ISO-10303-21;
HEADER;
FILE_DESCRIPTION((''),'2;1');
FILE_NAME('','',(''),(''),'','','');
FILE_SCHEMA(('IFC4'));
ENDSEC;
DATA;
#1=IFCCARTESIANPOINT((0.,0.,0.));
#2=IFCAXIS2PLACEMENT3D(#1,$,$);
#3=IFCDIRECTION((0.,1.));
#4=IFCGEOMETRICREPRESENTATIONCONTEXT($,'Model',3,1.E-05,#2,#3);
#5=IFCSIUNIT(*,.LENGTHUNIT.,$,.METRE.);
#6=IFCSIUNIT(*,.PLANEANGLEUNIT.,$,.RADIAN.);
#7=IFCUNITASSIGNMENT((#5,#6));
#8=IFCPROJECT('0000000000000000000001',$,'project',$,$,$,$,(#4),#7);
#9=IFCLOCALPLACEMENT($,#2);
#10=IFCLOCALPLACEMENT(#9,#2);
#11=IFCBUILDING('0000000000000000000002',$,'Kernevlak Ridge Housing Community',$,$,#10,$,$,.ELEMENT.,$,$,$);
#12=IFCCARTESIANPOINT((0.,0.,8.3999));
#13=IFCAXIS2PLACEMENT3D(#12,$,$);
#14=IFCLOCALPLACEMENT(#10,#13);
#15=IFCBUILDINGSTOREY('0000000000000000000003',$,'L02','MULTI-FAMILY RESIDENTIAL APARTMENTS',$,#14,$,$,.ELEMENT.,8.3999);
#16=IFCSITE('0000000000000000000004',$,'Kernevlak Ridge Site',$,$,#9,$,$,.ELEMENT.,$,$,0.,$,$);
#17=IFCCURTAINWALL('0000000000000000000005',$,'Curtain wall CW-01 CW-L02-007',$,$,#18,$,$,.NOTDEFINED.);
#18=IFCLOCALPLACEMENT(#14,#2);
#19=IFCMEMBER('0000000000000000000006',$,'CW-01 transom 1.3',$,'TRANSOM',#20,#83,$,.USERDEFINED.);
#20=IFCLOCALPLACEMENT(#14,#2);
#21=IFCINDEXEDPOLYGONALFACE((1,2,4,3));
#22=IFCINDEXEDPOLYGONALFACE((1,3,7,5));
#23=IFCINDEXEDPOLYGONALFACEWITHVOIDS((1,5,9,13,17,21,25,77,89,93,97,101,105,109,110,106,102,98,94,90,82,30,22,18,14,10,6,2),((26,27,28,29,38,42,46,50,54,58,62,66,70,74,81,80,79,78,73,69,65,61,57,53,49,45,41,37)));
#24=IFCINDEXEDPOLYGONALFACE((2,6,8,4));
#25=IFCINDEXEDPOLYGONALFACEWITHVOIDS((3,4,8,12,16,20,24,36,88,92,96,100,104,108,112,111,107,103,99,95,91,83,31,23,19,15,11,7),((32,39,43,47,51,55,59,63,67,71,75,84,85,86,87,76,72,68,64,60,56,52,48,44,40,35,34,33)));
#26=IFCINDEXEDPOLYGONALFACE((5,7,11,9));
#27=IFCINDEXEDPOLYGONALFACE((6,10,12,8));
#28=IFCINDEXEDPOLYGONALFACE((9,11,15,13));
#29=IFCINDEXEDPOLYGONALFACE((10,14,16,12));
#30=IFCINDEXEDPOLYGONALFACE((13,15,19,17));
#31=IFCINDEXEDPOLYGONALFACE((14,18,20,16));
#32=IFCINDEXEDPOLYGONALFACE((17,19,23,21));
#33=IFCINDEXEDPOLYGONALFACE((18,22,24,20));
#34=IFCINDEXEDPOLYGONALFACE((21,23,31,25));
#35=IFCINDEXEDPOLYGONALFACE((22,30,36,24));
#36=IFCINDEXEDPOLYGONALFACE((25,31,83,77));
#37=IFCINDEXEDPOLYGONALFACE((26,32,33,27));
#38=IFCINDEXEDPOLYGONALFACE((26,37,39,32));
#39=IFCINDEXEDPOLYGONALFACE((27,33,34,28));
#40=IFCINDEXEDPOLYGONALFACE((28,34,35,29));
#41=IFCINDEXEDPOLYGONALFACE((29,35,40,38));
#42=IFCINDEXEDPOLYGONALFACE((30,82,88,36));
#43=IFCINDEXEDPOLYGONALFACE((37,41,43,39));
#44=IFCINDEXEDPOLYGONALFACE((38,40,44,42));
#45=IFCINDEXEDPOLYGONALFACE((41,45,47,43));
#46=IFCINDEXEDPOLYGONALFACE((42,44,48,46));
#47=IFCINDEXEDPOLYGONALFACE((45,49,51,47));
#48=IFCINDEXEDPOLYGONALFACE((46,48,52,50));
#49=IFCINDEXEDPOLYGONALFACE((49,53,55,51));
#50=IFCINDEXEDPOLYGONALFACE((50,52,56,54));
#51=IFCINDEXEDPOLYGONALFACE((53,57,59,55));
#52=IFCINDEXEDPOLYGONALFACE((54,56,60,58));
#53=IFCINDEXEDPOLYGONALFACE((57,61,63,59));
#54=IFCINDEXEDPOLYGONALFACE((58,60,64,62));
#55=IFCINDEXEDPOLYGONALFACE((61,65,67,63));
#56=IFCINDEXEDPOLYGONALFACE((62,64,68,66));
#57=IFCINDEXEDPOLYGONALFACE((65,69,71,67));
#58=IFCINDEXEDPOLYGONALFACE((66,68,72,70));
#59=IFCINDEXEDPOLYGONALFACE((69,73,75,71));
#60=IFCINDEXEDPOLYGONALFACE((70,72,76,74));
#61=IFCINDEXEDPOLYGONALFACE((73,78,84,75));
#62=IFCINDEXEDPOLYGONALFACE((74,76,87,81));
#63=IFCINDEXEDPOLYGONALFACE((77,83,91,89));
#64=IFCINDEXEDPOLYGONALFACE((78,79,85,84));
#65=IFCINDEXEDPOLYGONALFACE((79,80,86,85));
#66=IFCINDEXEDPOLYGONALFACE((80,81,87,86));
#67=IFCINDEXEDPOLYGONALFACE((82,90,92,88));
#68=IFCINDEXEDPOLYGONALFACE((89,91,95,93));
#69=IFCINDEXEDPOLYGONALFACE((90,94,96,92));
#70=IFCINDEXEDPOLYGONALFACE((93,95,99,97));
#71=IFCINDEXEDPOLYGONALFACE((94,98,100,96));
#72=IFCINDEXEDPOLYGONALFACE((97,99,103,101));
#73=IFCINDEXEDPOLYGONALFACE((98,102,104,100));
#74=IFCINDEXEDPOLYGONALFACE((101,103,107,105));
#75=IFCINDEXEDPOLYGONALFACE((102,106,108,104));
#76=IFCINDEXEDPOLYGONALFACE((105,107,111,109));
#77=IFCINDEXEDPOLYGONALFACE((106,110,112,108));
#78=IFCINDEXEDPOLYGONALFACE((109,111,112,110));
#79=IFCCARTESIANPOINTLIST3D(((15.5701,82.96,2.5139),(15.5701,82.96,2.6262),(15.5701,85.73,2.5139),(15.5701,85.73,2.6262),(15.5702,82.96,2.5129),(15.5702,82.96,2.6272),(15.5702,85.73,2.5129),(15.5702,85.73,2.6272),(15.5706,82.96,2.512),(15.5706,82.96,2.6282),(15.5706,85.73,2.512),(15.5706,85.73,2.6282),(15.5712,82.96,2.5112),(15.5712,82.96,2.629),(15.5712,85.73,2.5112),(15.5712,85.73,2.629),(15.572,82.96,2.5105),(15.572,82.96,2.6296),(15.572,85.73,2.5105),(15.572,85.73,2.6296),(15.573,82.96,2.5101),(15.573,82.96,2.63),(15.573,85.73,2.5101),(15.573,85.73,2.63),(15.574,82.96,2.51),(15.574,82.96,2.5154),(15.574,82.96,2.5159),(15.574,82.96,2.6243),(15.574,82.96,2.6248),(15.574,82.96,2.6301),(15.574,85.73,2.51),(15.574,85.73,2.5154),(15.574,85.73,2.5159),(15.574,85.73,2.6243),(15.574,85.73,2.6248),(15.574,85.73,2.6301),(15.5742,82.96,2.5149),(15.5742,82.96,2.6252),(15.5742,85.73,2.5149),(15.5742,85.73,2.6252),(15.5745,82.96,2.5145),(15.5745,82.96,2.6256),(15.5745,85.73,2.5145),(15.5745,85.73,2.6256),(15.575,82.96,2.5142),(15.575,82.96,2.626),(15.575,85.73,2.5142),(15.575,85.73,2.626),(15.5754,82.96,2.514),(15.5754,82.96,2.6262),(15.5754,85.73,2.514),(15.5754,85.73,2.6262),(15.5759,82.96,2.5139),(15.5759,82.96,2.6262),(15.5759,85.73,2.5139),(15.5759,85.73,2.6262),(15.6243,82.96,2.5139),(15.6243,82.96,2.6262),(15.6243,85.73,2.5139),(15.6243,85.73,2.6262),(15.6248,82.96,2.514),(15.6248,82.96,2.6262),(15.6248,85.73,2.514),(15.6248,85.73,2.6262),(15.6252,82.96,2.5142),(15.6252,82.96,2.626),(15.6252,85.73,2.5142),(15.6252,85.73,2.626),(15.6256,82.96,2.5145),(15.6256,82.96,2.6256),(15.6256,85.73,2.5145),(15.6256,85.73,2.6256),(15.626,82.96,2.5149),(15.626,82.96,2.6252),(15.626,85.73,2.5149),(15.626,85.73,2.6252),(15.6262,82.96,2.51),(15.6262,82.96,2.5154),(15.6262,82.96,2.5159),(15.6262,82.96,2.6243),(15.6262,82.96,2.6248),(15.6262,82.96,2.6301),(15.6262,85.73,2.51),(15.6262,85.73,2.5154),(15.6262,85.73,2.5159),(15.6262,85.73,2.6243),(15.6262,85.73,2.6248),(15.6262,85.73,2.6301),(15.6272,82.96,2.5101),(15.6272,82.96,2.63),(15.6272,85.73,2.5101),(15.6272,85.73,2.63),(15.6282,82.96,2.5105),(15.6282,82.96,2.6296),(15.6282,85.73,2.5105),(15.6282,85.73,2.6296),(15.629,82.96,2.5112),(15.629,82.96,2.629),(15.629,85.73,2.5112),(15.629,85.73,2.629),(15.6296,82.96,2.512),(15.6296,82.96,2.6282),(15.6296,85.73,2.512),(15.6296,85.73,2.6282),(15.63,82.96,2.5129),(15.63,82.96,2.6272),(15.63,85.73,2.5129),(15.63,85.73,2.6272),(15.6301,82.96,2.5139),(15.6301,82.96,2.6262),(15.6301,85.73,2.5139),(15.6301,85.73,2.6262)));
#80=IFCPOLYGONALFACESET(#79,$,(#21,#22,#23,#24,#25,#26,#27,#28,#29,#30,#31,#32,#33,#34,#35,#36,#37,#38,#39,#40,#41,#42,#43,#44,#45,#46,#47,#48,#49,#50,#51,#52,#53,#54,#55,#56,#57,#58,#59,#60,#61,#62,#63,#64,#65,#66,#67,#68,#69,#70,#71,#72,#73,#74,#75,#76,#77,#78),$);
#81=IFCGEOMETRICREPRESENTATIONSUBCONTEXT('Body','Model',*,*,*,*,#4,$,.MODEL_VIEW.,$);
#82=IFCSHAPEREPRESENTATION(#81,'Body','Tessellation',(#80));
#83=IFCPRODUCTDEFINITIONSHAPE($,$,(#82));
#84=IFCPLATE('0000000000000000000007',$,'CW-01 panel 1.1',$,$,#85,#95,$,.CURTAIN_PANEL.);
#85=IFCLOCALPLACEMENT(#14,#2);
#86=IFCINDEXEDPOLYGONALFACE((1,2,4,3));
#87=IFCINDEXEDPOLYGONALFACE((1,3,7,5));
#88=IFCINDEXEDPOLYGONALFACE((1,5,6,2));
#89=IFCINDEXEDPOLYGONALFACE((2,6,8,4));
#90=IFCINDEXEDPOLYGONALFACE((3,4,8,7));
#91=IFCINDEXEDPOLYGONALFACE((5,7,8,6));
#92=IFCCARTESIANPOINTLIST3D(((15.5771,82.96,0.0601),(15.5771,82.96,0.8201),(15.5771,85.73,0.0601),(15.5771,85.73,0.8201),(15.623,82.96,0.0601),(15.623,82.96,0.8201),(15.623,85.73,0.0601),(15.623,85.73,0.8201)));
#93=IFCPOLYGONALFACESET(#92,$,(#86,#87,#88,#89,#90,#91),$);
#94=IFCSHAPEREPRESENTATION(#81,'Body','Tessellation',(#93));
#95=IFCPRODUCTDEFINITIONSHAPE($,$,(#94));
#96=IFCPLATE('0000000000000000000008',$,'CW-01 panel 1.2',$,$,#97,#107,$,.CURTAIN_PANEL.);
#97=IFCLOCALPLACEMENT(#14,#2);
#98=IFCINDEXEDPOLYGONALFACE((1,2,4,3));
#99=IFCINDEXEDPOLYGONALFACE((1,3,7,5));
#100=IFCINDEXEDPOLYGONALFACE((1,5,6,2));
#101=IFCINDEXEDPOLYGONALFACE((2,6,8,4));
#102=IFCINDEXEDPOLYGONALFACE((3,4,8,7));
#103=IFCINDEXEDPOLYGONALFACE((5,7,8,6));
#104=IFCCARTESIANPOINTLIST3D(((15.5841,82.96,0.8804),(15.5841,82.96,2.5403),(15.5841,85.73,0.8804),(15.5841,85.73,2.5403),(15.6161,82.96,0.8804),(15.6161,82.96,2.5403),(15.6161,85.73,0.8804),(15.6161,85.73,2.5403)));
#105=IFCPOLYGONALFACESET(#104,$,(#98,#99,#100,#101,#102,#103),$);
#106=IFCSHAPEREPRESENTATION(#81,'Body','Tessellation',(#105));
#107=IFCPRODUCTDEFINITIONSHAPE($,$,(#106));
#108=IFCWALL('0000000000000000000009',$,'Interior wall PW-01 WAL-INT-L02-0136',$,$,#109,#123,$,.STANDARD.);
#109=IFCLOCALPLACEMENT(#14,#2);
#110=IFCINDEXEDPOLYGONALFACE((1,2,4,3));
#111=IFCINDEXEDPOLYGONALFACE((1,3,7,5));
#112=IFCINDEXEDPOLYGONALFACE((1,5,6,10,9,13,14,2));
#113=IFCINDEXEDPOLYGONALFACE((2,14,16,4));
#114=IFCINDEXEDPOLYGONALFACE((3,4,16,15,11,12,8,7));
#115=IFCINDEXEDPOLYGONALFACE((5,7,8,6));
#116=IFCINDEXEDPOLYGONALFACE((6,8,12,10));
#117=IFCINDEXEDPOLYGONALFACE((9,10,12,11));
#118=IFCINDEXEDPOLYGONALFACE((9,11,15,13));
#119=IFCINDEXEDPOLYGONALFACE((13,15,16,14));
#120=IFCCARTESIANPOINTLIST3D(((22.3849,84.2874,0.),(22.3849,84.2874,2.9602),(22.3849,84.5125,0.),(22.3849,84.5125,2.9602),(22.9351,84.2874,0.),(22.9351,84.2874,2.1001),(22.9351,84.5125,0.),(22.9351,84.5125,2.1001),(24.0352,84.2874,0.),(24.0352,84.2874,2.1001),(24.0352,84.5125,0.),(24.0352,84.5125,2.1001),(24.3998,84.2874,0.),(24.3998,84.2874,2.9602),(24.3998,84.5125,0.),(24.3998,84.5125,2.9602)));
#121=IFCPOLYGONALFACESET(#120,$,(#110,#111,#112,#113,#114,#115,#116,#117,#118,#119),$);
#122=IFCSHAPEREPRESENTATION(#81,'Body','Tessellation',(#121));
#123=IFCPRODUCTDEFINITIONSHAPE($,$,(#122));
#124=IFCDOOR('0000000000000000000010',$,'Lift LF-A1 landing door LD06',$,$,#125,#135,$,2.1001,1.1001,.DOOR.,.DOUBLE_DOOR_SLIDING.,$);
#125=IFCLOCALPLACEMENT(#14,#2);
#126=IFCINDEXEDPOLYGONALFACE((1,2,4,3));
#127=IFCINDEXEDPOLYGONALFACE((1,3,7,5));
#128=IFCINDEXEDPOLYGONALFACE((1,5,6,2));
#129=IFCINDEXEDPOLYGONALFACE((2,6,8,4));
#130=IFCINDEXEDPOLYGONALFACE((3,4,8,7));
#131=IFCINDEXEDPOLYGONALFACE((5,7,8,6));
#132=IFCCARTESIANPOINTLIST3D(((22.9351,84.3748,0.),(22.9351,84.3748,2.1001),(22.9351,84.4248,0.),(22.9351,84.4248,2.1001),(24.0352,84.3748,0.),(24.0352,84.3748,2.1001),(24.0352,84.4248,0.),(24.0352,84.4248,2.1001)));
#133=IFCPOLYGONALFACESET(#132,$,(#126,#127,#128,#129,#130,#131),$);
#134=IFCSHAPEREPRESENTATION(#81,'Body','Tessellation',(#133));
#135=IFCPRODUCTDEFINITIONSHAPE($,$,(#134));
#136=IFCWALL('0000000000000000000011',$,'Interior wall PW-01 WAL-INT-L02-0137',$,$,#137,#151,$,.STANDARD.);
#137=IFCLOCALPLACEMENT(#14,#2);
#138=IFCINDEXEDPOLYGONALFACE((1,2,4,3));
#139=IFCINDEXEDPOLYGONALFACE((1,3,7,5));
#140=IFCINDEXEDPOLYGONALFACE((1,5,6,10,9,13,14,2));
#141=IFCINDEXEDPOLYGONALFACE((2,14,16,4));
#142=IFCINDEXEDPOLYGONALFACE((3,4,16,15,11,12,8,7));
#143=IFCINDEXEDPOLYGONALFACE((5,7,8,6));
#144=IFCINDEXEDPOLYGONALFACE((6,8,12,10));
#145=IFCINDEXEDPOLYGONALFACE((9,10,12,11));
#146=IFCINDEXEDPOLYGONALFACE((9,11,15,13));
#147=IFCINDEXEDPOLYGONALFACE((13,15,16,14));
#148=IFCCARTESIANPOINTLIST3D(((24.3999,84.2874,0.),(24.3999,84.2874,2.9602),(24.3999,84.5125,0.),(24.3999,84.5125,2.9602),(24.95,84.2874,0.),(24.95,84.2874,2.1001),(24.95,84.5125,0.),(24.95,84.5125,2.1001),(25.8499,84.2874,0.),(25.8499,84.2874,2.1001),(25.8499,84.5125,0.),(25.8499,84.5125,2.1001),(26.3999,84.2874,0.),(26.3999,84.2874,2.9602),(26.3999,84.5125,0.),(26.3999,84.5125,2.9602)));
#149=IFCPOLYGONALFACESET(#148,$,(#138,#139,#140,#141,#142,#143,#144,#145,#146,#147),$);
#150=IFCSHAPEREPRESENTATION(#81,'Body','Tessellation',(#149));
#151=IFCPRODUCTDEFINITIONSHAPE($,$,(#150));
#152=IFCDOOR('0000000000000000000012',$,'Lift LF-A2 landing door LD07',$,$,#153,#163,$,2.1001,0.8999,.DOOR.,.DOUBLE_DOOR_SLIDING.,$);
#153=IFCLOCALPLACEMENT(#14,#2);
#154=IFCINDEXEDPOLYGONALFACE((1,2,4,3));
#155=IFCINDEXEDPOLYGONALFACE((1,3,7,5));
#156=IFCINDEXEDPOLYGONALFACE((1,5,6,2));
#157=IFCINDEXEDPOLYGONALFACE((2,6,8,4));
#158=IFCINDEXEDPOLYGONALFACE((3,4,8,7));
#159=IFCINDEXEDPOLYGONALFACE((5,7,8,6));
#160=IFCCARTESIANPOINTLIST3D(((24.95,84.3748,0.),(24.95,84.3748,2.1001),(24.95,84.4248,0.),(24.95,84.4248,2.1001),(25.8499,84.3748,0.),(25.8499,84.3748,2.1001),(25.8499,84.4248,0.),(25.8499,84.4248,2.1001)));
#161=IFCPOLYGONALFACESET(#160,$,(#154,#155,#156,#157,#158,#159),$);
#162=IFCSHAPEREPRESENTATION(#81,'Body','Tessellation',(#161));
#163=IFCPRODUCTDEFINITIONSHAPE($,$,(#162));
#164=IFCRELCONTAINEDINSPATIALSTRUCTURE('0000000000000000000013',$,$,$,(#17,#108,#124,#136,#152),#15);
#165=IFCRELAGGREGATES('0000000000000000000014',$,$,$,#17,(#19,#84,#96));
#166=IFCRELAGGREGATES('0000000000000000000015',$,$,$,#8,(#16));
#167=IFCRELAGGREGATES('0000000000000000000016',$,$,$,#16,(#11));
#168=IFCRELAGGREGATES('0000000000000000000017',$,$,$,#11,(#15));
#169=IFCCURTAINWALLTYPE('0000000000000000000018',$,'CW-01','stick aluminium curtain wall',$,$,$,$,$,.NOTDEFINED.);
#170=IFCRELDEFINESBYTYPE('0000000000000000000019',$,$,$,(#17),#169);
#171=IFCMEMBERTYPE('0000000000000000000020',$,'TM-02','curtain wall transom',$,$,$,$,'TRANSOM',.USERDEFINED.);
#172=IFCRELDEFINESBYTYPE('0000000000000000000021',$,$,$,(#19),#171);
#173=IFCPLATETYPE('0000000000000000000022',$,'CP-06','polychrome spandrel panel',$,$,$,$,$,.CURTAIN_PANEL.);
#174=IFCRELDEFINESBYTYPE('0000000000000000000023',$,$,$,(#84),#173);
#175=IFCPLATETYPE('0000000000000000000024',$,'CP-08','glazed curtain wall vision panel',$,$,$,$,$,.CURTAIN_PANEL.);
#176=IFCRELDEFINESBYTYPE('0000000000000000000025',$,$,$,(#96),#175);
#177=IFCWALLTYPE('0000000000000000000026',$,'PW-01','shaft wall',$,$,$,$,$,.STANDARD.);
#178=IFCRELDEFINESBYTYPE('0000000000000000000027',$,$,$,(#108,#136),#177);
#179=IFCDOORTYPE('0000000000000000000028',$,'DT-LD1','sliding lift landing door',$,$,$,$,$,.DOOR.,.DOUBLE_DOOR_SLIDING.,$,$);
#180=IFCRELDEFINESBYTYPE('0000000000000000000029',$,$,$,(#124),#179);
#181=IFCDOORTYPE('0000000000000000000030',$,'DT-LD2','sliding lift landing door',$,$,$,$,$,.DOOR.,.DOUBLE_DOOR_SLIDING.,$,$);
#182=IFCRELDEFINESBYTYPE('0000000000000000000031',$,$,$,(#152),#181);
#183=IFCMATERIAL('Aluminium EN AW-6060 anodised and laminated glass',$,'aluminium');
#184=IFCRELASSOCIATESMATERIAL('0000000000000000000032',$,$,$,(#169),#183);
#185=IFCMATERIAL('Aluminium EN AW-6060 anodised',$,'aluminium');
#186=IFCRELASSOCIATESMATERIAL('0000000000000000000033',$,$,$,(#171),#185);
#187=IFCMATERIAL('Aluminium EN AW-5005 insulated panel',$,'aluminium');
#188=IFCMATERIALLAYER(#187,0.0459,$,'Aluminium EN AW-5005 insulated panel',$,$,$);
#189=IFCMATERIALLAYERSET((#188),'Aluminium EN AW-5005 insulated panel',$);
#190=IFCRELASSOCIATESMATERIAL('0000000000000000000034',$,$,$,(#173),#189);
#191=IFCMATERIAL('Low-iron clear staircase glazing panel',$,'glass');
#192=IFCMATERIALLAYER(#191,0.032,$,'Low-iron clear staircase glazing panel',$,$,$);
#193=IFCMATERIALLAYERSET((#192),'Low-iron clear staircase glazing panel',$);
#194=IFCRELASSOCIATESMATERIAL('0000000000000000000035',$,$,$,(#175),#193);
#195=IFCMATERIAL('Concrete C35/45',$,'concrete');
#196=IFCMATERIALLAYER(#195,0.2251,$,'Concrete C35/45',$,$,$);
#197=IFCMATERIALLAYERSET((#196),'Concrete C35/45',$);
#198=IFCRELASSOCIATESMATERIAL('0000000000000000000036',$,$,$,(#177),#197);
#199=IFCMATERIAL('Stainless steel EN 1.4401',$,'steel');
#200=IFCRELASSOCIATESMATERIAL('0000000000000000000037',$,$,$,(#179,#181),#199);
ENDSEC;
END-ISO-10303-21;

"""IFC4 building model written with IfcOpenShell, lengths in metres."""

from ifc_helpers import new_model, si_unit, direction, frame, frame_2d, origin, origin_2d, place, context, subcontext, project, spatial, rectangle, hollow_rectangle, extrude, material, layer, layer_set, material_profile, profile_set, type_object, element, fill, aggregate, save


model = new_model("IFC4")

# Units and contexts
model_context = context("Model", 3, precision=1e-05, world=origin(), true_north=direction((0.0, 1.0)))
body_context = subcontext(model_context, "Body", "Model", "MODEL_VIEW")
ifc_project = project(units=[si_unit("LENGTHUNIT", "METRE"), si_unit("PLANEANGLEUNIT", "RADIAN")], contexts=[model_context])

# Site, building, storey
site_placement = place(None, origin())
site = spatial("IfcSite", under=ifc_project, at=site_placement, Name="Kernevlak Ridge Site", CompositionType="ELEMENT", RefElevation=0.0)
building_placement = place(site_placement, origin())
building = spatial("IfcBuilding", under=site, at=building_placement, Name="Kernevlak Ridge Housing Community", CompositionType="ELEMENT")
storey_placement = place(building_placement, frame((0.0, 0.0, 8.3999)))
storey = spatial("IfcBuildingStorey", under=building, at=storey_placement, Name="L02", Description="MULTI-FAMILY RESIDENTIAL APARTMENTS", CompositionType="ELEMENT", Elevation=8.3999)

# Shared definitions
ifc_material_1 = material(Name="Concrete C35/45", Category="concrete")

# Curtain wall
ifc_material_2 = material(Name="Aluminium EN AW-6060 anodised and laminated glass", Category="aluminium")
curtain_wall_type = type_object("IfcCurtainWallType", Name="CW-01", Description="stick aluminium curtain wall", PredefinedType="NOTDEFINED", material=ifc_material_2)
curtain_wall_placement = place(storey_placement, origin())
curtain_wall = element("IfcCurtainWall", 1, at=curtain_wall_placement, inside=storey, type_object=curtain_wall_type, Name="Curtain wall CW-01 CW-L02-007", PredefinedType="NOTDEFINED")
ifc_material_3 = material(Name="Aluminium EN AW-6060 anodised", Category="aluminium")

# Member
ifc_material_profile_1 = material_profile(ifc_material_3, hollow_rectangle(XDim=0.0601, YDim=0.1201, WallThickness=0.0039, InnerFilletRadius=0.002, OuterFilletRadius=0.0039, at=origin_2d()), Name="ALU 60x120x4")
ifc_profile_set_1 = profile_set([ifc_material_profile_1], Name="Aluminium EN AW-6060 anodised")
member_type_1 = type_object("IfcMemberType", Name="TM-02", Description="curtain wall transom", ElementType="TRANSOM", PredefinedType="USERDEFINED", material=ifc_profile_set_1)
member_1_placement = place(storey_placement, frame((15.6001, 82.96, 2.5701), z_axis=(0.0, 1.0, 0.0), x_axis=(-1.0, 0.0, 0.0)))
member_1 = element("IfcMember", 2, at=member_1_placement, type_object=member_type_1, Name="CW-01 transom 1.3", ObjectType="TRANSOM", PredefinedType="USERDEFINED", context=body_context, shape_type="SweptSolid", body=[
    extrude(hollow_rectangle(XDim=0.0601, YDim=0.1201, WallThickness=0.0039, InnerFilletRadius=0.002, OuterFilletRadius=0.0039, at=origin_2d()), origin(), (0.0, 0.0, 1.0), 2.77),
])

# Plates
ifc_material_4 = material(Name="Aluminium EN AW-5005 insulated panel", Category="aluminium")
ifc_layer_1 = layer(ifc_material_4, 0.0459, Name="Aluminium EN AW-5005 insulated panel")
ifc_layer_set_1 = layer_set([ifc_layer_1], Name="Aluminium EN AW-5005 insulated panel")
plate_type_1 = type_object("IfcPlateType", Name="CP-06", Description="polychrome spandrel panel", PredefinedType="CURTAIN_PANEL", material=ifc_layer_set_1)
plate_1_placement = place(storey_placement, frame((15.6001, 84.345, 0.0601), z_axis=(0.0, 0.0, 1.0), x_axis=(0.0, 1.0, 0.0)))
plate_1 = element("IfcPlate", 3, at=plate_1_placement, type_object=plate_type_1, Name="CW-01 panel 1.1", PredefinedType="CURTAIN_PANEL", context=body_context, shape_type="SweptSolid", body=[
    extrude(rectangle(XDim=2.77, YDim=0.0459, at=origin_2d()), origin(), (0.0, 0.0, 1.0), 0.76),
])
ifc_material_5 = material(Name="Low-iron clear staircase glazing panel", Category="glass")
ifc_layer_2 = layer(ifc_material_5, 0.032, Name="Low-iron clear staircase glazing panel")
ifc_layer_set_2 = layer_set([ifc_layer_2], Name="Low-iron clear staircase glazing panel")
plate_type_2 = type_object("IfcPlateType", Name="CP-08", Description="glazed curtain wall vision panel", PredefinedType="CURTAIN_PANEL", material=ifc_layer_set_2)
plate_2_placement = place(storey_placement, frame((15.6001, 84.345, 0.8804), z_axis=(0.0, 0.0, 1.0), x_axis=(0.0, 1.0, 0.0)))
plate_2 = element("IfcPlate", 4, at=plate_2_placement, type_object=plate_type_2, Name="CW-01 panel 1.2", PredefinedType="CURTAIN_PANEL", context=body_context, shape_type="SweptSolid", body=[
    extrude(rectangle(XDim=2.77, YDim=0.032, at=origin_2d()), origin(), (0.0, 0.0, 1.0), 1.6599),
])
aggregate(curtain_wall, [member_1, plate_1, plate_2])

# Walls, openings, doors
ifc_layer_3 = layer(ifc_material_1, 0.2251, Name="Concrete C35/45")
ifc_layer_set_3 = layer_set([ifc_layer_3], Name="Concrete C35/45")
wall_type_1 = type_object("IfcWallType", Name="PW-01", Description="shaft wall", PredefinedType="STANDARD", material=ifc_layer_set_3)
wall_1_placement = place(storey_placement, frame((22.385, 84.3999, 0.0), z_axis=(0.0, 0.0, 1.0), x_axis=(1.0, 0.0, 0.0)))
wall_1 = element("IfcWall", 5, at=wall_1_placement, inside=storey, type_object=wall_type_1, Name="Interior wall PW-01 WAL-INT-L02-0136", PredefinedType="STANDARD", context=body_context, shape_type="SweptSolid", body=[
    extrude(rectangle(XDim=2.0149, YDim=0.2251, at=frame_2d((1.0073, 0.0))), origin(), (0.0, 0.0, 1.0), 2.9602),
])
opening_1_placement = place(wall_1_placement, frame((0.55, 0.0, 0.0)))
opening_1 = element("IfcOpeningElement", 6, at=opening_1_placement, cuts=wall_1, PredefinedType="OPENING", context=body_context, shape_type="SweptSolid", body=[
    extrude(rectangle(XDim=1.1001, YDim=2.1001, at=frame_2d((0.55, 1.05))), frame((0.0, 0.1226, 0.0), z_axis=(0.0, -1.0, 0.0), x_axis=(1.0, 0.0, 0.0)), (0.0, 0.0, 1.0), 0.2451),
])
ifc_material_6 = material(Name="Stainless steel EN 1.4401", Category="steel")
door_type_1 = type_object("IfcDoorType", Name="DT-LD1", Description="sliding lift landing door", OperationType="DOUBLE_DOOR_SLIDING", PredefinedType="DOOR", material=ifc_material_6)
door_1_placement = place(opening_1_placement, origin())
door_1 = element("IfcDoor", 7, at=door_1_placement, inside=storey, type_object=door_type_1, Name="Lift LF-A1 landing door LD06", OperationType="DOUBLE_DOOR_SLIDING", OverallHeight=2.1001, OverallWidth=1.1001, PredefinedType="DOOR", context=body_context, shape_type="SweptSolid", body=[
    extrude(rectangle(XDim=1.1001, YDim=2.1001, at=frame_2d((0.55, 1.05))), frame((0.0, 0.0249, 0.0), z_axis=(0.0, -1.0, 0.0), x_axis=(1.0, 0.0, 0.0)), (0.0, 0.0, 1.0), 0.05),
])
fill(opening_1, door_1)
wall_2_placement = place(storey_placement, frame((24.3999, 84.3999, 0.0), z_axis=(0.0, 0.0, 1.0), x_axis=(1.0, 0.0, 0.0)))
wall_2 = element("IfcWall", 8, at=wall_2_placement, inside=storey, type_object=wall_type_1, Name="Interior wall PW-01 WAL-INT-L02-0137", PredefinedType="STANDARD", context=body_context, shape_type="SweptSolid", body=[
    extrude(rectangle(XDim=2.0, YDim=0.2251, at=frame_2d((1.0, 0.0))), origin(), (0.0, 0.0, 1.0), 2.9602),
])
opening_2_placement = place(wall_2_placement, frame((0.55, 0.0, 0.0)))
opening_2 = element("IfcOpeningElement", 9, at=opening_2_placement, cuts=wall_2, PredefinedType="OPENING", context=body_context, shape_type="SweptSolid", body=[
    extrude(rectangle(XDim=0.8999, YDim=2.1001, at=frame_2d((0.45, 1.05))), frame((0.0, 0.1226, 0.0), z_axis=(0.0, -1.0, 0.0), x_axis=(1.0, 0.0, 0.0)), (0.0, 0.0, 1.0), 0.2451),
])
door_type_2 = type_object("IfcDoorType", Name="DT-LD2", Description="sliding lift landing door", OperationType="DOUBLE_DOOR_SLIDING", PredefinedType="DOOR", material=ifc_material_6)
door_2_placement = place(opening_2_placement, origin())
door_2 = element("IfcDoor", 10, at=door_2_placement, inside=storey, type_object=door_type_2, Name="Lift LF-A2 landing door LD07", OperationType="DOUBLE_DOOR_SLIDING", OverallHeight=2.1001, OverallWidth=0.8999, PredefinedType="DOOR", context=body_context, shape_type="SweptSolid", body=[
    extrude(rectangle(XDim=0.8999, YDim=2.1001, at=frame_2d((0.45, 1.05))), frame((0.0, 0.0249, 0.0), z_axis=(0.0, -1.0, 0.0), x_axis=(1.0, 0.0, 0.0)), (0.0, 0.0, 1.0), 0.05),
])
fill(opening_2, door_2)

save(model, "model.ifc")
